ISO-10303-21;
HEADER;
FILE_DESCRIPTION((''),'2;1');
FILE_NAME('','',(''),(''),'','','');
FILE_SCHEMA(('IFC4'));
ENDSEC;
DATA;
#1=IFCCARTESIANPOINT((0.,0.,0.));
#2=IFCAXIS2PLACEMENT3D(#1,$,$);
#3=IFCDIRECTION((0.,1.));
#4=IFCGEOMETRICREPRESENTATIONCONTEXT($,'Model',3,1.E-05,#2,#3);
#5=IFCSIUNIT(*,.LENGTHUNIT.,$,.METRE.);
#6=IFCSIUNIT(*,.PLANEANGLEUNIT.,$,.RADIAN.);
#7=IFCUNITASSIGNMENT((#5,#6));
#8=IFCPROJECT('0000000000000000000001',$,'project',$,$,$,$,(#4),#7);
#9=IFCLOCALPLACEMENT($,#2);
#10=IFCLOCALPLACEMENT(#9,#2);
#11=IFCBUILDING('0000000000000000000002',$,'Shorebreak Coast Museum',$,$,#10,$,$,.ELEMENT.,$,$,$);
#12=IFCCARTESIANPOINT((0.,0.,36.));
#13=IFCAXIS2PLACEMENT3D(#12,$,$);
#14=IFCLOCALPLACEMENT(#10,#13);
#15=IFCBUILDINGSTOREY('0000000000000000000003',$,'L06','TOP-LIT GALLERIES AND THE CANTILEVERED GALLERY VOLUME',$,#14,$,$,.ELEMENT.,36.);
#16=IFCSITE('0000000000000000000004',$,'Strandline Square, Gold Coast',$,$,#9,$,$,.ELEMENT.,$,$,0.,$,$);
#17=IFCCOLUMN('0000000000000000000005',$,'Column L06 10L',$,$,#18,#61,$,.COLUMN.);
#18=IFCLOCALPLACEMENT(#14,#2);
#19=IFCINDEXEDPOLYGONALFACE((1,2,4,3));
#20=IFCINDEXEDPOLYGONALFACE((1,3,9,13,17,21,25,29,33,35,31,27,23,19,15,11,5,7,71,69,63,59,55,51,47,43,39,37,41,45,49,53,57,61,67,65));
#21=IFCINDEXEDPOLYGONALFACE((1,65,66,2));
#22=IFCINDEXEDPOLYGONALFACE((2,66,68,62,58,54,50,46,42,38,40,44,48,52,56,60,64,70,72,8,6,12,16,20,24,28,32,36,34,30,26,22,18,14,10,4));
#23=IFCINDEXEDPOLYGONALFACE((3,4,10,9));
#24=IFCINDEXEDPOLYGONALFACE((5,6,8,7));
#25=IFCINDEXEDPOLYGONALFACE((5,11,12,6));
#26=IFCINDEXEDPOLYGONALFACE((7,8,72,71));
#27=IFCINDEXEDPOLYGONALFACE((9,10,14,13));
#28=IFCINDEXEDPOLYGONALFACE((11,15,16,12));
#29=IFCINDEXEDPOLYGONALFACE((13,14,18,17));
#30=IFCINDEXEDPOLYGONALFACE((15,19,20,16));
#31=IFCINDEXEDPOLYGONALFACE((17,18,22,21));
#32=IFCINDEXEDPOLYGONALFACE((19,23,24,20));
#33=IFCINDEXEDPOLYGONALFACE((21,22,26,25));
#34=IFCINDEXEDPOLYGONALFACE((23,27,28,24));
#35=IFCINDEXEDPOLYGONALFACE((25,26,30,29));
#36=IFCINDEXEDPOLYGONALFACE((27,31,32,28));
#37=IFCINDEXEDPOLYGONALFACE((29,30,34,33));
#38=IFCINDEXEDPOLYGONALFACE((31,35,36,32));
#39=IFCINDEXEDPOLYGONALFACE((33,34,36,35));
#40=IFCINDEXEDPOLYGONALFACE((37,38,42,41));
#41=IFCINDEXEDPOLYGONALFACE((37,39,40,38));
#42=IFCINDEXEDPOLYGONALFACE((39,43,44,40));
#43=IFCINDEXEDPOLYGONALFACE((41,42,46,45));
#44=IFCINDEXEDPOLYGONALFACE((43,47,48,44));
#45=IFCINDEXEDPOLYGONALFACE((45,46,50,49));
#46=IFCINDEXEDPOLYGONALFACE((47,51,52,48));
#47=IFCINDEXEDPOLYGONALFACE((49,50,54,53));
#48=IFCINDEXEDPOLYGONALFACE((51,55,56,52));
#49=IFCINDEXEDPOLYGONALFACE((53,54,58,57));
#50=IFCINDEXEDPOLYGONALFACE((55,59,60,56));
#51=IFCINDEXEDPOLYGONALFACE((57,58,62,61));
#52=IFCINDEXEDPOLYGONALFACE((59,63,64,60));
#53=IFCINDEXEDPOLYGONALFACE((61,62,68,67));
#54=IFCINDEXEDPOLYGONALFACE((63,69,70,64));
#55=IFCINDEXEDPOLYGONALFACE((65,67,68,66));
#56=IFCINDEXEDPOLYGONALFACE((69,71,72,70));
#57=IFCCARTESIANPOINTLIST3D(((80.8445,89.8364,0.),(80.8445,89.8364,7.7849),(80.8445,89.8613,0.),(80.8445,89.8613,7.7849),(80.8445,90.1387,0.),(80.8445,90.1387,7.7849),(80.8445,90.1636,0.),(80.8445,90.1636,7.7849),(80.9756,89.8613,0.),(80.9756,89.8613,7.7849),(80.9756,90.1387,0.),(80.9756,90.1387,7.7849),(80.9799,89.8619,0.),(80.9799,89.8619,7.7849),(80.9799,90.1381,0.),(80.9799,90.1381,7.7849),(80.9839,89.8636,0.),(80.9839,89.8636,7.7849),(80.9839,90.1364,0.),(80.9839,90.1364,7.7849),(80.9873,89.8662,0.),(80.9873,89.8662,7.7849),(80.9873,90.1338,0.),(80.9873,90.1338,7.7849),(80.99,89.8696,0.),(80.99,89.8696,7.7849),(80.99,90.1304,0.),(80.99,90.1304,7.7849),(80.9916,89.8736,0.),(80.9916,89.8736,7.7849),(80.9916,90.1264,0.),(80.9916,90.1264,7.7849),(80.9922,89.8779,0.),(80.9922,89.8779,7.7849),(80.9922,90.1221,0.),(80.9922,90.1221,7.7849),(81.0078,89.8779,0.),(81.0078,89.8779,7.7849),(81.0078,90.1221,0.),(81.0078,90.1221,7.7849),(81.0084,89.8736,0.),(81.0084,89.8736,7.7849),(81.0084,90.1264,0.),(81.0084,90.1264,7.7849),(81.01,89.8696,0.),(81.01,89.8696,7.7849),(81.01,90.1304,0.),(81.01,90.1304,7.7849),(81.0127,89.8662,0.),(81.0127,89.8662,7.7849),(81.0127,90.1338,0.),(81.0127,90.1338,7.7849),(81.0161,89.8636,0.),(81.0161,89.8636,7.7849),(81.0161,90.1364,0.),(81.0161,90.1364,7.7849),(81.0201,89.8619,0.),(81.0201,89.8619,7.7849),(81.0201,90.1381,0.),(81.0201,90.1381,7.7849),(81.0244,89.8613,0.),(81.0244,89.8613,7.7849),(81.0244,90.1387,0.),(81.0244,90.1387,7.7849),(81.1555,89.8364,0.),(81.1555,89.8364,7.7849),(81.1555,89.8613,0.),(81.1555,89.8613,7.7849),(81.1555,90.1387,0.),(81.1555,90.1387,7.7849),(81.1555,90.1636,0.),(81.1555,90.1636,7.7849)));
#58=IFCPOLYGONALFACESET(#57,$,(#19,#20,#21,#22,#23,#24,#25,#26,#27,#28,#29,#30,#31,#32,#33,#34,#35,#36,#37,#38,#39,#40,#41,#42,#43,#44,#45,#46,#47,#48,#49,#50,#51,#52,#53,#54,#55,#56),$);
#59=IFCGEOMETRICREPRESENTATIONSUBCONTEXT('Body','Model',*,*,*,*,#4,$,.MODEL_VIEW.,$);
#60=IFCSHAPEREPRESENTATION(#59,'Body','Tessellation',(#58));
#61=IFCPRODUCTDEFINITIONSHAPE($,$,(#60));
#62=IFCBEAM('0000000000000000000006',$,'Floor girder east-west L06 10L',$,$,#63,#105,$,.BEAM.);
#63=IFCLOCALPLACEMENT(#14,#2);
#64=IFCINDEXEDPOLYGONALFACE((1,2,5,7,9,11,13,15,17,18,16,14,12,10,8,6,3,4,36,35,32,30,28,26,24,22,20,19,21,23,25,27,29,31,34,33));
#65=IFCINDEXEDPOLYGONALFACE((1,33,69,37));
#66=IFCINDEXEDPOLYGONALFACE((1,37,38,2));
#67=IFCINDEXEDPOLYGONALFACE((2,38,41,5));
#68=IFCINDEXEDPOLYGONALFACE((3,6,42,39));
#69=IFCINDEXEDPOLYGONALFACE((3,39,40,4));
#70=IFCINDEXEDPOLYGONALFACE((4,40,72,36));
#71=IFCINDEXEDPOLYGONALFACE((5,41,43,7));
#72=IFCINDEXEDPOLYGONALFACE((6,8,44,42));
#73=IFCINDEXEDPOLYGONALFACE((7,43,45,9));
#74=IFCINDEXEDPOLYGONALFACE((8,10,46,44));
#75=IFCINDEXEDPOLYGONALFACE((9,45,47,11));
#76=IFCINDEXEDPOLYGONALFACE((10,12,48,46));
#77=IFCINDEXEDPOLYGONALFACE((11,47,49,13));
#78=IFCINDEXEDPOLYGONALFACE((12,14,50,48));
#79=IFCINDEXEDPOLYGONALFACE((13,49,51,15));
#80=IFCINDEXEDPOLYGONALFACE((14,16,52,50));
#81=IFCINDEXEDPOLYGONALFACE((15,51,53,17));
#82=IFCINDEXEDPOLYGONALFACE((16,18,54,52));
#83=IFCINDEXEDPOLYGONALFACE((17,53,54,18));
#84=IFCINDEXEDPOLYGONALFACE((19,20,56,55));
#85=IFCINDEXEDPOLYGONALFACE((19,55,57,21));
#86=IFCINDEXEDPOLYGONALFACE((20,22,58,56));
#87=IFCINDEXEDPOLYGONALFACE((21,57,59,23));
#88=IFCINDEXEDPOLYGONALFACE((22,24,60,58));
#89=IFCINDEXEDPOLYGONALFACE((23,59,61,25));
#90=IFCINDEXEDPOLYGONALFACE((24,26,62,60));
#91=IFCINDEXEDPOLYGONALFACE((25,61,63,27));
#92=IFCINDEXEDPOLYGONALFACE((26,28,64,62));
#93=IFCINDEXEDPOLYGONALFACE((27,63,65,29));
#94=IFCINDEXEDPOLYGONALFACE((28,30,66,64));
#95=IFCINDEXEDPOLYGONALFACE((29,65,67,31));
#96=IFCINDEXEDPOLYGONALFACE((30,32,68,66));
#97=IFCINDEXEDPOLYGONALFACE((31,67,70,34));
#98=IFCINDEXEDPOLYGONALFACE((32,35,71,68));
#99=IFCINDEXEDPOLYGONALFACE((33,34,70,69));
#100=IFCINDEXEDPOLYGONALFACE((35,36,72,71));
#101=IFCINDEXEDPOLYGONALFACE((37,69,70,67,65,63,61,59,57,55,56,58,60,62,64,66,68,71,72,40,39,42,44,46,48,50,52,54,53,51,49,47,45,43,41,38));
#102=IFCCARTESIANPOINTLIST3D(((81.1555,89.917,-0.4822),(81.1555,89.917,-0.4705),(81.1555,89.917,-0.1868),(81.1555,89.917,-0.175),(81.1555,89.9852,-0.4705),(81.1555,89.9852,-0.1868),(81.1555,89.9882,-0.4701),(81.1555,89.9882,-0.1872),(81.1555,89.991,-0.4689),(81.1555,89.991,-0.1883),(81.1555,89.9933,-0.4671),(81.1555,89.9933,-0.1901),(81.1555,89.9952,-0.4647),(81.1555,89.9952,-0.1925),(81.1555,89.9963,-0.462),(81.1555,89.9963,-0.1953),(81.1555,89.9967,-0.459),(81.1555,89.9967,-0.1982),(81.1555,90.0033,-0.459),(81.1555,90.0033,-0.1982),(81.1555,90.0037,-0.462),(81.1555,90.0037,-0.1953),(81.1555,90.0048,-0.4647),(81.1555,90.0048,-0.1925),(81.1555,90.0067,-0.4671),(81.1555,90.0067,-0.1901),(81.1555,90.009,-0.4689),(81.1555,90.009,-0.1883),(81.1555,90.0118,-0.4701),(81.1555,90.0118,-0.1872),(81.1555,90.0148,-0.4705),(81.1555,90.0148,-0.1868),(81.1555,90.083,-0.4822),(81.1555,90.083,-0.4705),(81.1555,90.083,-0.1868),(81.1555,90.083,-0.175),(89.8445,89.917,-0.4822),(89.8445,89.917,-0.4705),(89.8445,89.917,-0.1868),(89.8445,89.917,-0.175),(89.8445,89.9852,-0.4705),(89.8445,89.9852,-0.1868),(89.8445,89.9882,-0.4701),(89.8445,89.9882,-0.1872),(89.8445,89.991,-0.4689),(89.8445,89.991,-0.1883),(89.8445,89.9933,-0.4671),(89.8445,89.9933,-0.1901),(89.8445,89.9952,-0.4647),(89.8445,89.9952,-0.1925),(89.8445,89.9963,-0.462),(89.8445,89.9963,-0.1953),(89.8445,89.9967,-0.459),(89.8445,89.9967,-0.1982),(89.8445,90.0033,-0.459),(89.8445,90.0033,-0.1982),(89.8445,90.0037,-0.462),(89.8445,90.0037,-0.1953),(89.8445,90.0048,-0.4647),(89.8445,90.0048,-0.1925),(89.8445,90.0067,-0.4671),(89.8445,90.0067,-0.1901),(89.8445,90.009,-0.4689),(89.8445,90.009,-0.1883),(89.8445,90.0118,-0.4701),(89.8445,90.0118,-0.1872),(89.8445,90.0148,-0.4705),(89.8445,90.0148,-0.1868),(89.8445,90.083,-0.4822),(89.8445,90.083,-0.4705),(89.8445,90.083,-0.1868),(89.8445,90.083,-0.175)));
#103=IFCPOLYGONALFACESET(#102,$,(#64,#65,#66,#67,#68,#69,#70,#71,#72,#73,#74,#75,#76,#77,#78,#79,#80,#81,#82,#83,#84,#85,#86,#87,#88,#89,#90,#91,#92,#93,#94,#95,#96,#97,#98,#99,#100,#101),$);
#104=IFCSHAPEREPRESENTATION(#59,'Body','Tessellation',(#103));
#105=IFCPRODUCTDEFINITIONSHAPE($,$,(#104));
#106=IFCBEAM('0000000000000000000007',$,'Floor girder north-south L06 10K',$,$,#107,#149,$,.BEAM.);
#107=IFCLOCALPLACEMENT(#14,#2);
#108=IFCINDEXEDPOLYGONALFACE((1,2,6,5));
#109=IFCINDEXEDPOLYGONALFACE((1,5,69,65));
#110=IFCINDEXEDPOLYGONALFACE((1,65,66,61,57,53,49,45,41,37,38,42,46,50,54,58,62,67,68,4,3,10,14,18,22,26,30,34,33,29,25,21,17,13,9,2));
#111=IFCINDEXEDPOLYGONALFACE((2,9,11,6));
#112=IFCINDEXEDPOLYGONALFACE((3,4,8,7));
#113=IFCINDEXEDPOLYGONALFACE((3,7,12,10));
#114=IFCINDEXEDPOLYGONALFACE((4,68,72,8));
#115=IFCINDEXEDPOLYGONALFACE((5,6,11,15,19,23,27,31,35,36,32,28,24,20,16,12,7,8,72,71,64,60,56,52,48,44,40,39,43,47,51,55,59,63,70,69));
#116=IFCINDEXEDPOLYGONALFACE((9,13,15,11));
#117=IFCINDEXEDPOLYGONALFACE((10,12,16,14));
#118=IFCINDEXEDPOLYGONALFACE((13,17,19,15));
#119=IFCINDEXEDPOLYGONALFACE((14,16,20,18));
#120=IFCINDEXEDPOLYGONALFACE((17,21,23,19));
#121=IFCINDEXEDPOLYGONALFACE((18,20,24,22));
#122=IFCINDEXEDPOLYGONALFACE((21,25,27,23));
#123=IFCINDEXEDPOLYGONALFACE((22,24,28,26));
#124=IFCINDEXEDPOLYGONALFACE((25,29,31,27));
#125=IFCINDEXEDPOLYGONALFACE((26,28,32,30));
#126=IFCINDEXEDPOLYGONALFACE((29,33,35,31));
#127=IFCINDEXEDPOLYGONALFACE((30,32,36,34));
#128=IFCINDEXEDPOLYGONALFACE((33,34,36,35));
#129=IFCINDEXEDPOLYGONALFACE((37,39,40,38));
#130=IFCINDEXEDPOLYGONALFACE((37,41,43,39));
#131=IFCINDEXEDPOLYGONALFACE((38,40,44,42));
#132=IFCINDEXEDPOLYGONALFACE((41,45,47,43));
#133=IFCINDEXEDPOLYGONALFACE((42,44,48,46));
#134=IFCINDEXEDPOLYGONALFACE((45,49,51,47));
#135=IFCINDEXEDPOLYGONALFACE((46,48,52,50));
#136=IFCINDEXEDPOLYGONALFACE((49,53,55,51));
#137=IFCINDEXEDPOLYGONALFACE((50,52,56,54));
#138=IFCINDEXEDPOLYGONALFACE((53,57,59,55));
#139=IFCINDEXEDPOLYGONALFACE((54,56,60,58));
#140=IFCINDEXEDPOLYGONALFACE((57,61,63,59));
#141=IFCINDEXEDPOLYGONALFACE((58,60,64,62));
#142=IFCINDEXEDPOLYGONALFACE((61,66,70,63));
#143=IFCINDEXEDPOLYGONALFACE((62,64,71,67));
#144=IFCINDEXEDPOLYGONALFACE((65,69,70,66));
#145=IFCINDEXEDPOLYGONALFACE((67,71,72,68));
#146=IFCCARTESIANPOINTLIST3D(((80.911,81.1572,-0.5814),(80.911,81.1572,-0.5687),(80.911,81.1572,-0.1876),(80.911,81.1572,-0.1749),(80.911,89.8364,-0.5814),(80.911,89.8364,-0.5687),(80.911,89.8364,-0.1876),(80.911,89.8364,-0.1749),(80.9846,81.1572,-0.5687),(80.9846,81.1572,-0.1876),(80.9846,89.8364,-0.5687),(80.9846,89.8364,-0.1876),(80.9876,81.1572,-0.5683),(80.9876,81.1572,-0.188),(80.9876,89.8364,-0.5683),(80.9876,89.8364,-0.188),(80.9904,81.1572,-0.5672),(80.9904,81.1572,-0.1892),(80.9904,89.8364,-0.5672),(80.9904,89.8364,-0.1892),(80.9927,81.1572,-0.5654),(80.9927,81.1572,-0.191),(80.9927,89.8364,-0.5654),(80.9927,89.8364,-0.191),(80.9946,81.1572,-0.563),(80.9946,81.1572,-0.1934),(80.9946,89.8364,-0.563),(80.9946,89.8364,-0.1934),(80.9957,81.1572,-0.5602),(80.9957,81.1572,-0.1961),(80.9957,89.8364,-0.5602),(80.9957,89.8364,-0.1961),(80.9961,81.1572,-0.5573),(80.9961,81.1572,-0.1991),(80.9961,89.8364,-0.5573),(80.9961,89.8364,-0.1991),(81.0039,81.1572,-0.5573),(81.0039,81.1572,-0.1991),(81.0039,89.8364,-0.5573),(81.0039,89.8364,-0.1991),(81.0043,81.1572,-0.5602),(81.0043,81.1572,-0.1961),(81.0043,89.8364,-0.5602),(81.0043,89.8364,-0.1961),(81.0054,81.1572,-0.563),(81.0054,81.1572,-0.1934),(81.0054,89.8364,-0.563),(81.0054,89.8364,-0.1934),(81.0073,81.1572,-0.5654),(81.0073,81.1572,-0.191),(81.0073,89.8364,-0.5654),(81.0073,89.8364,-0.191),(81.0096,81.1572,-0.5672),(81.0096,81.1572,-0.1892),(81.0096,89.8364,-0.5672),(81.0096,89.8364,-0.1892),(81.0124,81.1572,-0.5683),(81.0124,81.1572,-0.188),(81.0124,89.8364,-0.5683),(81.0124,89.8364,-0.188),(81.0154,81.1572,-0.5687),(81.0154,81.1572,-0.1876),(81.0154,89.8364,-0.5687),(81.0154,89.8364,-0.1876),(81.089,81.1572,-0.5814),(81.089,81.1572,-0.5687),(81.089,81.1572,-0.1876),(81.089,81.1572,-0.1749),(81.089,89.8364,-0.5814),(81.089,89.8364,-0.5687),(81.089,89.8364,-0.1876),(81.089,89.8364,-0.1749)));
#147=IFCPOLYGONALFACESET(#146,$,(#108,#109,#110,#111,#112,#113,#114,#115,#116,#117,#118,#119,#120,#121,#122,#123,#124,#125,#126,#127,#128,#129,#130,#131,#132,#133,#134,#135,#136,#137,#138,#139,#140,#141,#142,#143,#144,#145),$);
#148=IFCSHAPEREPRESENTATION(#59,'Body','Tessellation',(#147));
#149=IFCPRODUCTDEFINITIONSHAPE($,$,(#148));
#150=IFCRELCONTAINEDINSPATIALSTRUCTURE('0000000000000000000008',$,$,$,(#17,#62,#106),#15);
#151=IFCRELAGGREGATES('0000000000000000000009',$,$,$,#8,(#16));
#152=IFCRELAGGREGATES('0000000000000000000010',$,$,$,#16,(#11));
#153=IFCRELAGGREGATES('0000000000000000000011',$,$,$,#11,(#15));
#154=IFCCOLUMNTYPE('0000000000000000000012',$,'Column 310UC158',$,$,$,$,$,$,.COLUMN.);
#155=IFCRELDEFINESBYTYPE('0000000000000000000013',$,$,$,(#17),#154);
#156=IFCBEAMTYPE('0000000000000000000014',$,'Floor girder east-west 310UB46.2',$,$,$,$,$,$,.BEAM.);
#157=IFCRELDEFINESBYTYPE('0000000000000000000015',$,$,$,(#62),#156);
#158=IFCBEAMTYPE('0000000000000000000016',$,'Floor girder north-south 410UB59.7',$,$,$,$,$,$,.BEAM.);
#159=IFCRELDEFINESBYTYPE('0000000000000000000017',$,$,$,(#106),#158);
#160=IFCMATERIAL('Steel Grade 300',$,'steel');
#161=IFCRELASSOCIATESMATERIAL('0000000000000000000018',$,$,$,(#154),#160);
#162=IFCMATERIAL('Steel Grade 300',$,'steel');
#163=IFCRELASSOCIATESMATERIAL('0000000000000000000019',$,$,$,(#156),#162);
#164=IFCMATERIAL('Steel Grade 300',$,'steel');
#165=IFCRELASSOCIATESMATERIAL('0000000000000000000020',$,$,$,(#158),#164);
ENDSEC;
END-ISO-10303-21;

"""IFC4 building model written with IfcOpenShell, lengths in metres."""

from ifc_helpers import new_model, si_unit, direction, frame, origin, origin_2d, place, context, subcontext, project, spatial, i_section, extrude, material, material_profile, profile_set, type_object, element, save


model = new_model("IFC4")

# Units and contexts
model_context = context("Model", 3, precision=1e-05, world=origin(), true_north=direction((0.0, 1.0)))
body_context = subcontext(model_context, "Body", "Model", "MODEL_VIEW")
ifc_project = project(units=[si_unit("LENGTHUNIT", "METRE"), si_unit("PLANEANGLEUNIT", "RADIAN")], contexts=[model_context])

# Site, building, storey
site_placement = place(None, origin())
site = spatial("IfcSite", under=ifc_project, at=site_placement, Name="Strandline Square, Gold Coast", CompositionType="ELEMENT", RefElevation=0.0)
building_placement = place(site_placement, origin())
building = spatial("IfcBuilding", under=site, at=building_placement, Name="Shorebreak Coast Museum", CompositionType="ELEMENT")
storey_placement = place(building_placement, frame((0.0, 0.0, 36.0)))
storey = spatial("IfcBuildingStorey", under=building, at=storey_placement, Name="L06", Description="TOP-LIT GALLERIES AND THE CANTILEVERED GALLERY VOLUME", CompositionType="ELEMENT", Elevation=36.0)

# Column
ifc_material_1 = material(Name="Steel Grade 300", Category="steel")
ifc_material_profile_1 = material_profile(ifc_material_1, i_section(OverallWidth=0.311, OverallDepth=0.3271, WebThickness=0.0156, FlangeThickness=0.0249, FilletRadius=0.0166, at=origin_2d()), Name="310UC158")
ifc_profile_set_1 = profile_set([ifc_material_profile_1], Name="Steel Grade 300")
column_type = type_object("IfcColumnType", Name="Column 310UC158", PredefinedType="COLUMN", material=ifc_profile_set_1)
column_placement = place(storey_placement, frame((81.0, 90.0, 0.0), z_axis=(0.0, 0.0, 1.0), x_axis=(1.0, 0.0, 0.0)))
element("IfcColumn", 1, at=column_placement, inside=storey, type_object=column_type, Name="Column L06 10L", PredefinedType="COLUMN", context=body_context, shape_type="SweptSolid", body=[
    extrude(i_section(OverallWidth=0.311, OverallDepth=0.3271, WebThickness=0.0156, FlangeThickness=0.0249, FilletRadius=0.0166, at=origin_2d()), origin(), (0.0, 0.0, 1.0), 7.7849),
])

# Beams
ifc_material_2 = material(Name="Steel Grade 300", Category="steel")
ifc_material_profile_2 = material_profile(ifc_material_2, i_section(OverallWidth=0.166, OverallDepth=0.3071, WebThickness=0.0066, FlangeThickness=0.0117, FilletRadius=0.0115, at=origin_2d()), Name="310UB46.2")
ifc_profile_set_2 = profile_set([ifc_material_profile_2], Name="Steel Grade 300")
beam_type_1 = type_object("IfcBeamType", Name="Floor girder east-west 310UB46.2", PredefinedType="BEAM", material=ifc_profile_set_2)
beam_1_placement = place(storey_placement, frame((81.1555, 90.0, -0.3286), z_axis=(1.0, 0.0, 0.0), x_axis=(0.0, 1.0, 0.0)))
element("IfcBeam", 2, at=beam_1_placement, inside=storey, type_object=beam_type_1, Name="Floor girder east-west L06 10L", PredefinedType="BEAM", context=body_context, shape_type="SweptSolid", body=[
    extrude(i_section(OverallWidth=0.166, OverallDepth=0.3071, WebThickness=0.0066, FlangeThickness=0.0117, FilletRadius=0.0115, at=origin_2d()), origin(), (0.0, 0.0, 1.0), 8.689),
])
ifc_material_3 = material(Name="Steel Grade 300", Category="steel")
ifc_material_profile_3 = material_profile(ifc_material_3, i_section(OverallWidth=0.178, OverallDepth=0.4065, WebThickness=0.0078, FlangeThickness=0.0127, FilletRadius=0.0115, at=origin_2d()), Name="410UB59.7")
ifc_profile_set_3 = profile_set([ifc_material_profile_3], Name="Steel Grade 300")
beam_type_2 = type_object("IfcBeamType", Name="Floor girder north-south 410UB59.7", PredefinedType="BEAM", material=ifc_profile_set_3)
beam_2_placement = place(storey_placement, frame((81.0, 81.1572, -0.3782), z_axis=(0.0, 1.0, 0.0), x_axis=(-1.0, 0.0, 0.0)))
element("IfcBeam", 3, at=beam_2_placement, inside=storey, type_object=beam_type_2, Name="Floor girder north-south L06 10K", PredefinedType="BEAM", context=body_context, shape_type="SweptSolid", body=[
    extrude(i_section(OverallWidth=0.178, OverallDepth=0.4065, WebThickness=0.0078, FlangeThickness=0.0127, FilletRadius=0.0115, at=origin_2d()), origin(), (0.0, 0.0, 1.0), 8.6792),
])

save(model, "model.ifc")
